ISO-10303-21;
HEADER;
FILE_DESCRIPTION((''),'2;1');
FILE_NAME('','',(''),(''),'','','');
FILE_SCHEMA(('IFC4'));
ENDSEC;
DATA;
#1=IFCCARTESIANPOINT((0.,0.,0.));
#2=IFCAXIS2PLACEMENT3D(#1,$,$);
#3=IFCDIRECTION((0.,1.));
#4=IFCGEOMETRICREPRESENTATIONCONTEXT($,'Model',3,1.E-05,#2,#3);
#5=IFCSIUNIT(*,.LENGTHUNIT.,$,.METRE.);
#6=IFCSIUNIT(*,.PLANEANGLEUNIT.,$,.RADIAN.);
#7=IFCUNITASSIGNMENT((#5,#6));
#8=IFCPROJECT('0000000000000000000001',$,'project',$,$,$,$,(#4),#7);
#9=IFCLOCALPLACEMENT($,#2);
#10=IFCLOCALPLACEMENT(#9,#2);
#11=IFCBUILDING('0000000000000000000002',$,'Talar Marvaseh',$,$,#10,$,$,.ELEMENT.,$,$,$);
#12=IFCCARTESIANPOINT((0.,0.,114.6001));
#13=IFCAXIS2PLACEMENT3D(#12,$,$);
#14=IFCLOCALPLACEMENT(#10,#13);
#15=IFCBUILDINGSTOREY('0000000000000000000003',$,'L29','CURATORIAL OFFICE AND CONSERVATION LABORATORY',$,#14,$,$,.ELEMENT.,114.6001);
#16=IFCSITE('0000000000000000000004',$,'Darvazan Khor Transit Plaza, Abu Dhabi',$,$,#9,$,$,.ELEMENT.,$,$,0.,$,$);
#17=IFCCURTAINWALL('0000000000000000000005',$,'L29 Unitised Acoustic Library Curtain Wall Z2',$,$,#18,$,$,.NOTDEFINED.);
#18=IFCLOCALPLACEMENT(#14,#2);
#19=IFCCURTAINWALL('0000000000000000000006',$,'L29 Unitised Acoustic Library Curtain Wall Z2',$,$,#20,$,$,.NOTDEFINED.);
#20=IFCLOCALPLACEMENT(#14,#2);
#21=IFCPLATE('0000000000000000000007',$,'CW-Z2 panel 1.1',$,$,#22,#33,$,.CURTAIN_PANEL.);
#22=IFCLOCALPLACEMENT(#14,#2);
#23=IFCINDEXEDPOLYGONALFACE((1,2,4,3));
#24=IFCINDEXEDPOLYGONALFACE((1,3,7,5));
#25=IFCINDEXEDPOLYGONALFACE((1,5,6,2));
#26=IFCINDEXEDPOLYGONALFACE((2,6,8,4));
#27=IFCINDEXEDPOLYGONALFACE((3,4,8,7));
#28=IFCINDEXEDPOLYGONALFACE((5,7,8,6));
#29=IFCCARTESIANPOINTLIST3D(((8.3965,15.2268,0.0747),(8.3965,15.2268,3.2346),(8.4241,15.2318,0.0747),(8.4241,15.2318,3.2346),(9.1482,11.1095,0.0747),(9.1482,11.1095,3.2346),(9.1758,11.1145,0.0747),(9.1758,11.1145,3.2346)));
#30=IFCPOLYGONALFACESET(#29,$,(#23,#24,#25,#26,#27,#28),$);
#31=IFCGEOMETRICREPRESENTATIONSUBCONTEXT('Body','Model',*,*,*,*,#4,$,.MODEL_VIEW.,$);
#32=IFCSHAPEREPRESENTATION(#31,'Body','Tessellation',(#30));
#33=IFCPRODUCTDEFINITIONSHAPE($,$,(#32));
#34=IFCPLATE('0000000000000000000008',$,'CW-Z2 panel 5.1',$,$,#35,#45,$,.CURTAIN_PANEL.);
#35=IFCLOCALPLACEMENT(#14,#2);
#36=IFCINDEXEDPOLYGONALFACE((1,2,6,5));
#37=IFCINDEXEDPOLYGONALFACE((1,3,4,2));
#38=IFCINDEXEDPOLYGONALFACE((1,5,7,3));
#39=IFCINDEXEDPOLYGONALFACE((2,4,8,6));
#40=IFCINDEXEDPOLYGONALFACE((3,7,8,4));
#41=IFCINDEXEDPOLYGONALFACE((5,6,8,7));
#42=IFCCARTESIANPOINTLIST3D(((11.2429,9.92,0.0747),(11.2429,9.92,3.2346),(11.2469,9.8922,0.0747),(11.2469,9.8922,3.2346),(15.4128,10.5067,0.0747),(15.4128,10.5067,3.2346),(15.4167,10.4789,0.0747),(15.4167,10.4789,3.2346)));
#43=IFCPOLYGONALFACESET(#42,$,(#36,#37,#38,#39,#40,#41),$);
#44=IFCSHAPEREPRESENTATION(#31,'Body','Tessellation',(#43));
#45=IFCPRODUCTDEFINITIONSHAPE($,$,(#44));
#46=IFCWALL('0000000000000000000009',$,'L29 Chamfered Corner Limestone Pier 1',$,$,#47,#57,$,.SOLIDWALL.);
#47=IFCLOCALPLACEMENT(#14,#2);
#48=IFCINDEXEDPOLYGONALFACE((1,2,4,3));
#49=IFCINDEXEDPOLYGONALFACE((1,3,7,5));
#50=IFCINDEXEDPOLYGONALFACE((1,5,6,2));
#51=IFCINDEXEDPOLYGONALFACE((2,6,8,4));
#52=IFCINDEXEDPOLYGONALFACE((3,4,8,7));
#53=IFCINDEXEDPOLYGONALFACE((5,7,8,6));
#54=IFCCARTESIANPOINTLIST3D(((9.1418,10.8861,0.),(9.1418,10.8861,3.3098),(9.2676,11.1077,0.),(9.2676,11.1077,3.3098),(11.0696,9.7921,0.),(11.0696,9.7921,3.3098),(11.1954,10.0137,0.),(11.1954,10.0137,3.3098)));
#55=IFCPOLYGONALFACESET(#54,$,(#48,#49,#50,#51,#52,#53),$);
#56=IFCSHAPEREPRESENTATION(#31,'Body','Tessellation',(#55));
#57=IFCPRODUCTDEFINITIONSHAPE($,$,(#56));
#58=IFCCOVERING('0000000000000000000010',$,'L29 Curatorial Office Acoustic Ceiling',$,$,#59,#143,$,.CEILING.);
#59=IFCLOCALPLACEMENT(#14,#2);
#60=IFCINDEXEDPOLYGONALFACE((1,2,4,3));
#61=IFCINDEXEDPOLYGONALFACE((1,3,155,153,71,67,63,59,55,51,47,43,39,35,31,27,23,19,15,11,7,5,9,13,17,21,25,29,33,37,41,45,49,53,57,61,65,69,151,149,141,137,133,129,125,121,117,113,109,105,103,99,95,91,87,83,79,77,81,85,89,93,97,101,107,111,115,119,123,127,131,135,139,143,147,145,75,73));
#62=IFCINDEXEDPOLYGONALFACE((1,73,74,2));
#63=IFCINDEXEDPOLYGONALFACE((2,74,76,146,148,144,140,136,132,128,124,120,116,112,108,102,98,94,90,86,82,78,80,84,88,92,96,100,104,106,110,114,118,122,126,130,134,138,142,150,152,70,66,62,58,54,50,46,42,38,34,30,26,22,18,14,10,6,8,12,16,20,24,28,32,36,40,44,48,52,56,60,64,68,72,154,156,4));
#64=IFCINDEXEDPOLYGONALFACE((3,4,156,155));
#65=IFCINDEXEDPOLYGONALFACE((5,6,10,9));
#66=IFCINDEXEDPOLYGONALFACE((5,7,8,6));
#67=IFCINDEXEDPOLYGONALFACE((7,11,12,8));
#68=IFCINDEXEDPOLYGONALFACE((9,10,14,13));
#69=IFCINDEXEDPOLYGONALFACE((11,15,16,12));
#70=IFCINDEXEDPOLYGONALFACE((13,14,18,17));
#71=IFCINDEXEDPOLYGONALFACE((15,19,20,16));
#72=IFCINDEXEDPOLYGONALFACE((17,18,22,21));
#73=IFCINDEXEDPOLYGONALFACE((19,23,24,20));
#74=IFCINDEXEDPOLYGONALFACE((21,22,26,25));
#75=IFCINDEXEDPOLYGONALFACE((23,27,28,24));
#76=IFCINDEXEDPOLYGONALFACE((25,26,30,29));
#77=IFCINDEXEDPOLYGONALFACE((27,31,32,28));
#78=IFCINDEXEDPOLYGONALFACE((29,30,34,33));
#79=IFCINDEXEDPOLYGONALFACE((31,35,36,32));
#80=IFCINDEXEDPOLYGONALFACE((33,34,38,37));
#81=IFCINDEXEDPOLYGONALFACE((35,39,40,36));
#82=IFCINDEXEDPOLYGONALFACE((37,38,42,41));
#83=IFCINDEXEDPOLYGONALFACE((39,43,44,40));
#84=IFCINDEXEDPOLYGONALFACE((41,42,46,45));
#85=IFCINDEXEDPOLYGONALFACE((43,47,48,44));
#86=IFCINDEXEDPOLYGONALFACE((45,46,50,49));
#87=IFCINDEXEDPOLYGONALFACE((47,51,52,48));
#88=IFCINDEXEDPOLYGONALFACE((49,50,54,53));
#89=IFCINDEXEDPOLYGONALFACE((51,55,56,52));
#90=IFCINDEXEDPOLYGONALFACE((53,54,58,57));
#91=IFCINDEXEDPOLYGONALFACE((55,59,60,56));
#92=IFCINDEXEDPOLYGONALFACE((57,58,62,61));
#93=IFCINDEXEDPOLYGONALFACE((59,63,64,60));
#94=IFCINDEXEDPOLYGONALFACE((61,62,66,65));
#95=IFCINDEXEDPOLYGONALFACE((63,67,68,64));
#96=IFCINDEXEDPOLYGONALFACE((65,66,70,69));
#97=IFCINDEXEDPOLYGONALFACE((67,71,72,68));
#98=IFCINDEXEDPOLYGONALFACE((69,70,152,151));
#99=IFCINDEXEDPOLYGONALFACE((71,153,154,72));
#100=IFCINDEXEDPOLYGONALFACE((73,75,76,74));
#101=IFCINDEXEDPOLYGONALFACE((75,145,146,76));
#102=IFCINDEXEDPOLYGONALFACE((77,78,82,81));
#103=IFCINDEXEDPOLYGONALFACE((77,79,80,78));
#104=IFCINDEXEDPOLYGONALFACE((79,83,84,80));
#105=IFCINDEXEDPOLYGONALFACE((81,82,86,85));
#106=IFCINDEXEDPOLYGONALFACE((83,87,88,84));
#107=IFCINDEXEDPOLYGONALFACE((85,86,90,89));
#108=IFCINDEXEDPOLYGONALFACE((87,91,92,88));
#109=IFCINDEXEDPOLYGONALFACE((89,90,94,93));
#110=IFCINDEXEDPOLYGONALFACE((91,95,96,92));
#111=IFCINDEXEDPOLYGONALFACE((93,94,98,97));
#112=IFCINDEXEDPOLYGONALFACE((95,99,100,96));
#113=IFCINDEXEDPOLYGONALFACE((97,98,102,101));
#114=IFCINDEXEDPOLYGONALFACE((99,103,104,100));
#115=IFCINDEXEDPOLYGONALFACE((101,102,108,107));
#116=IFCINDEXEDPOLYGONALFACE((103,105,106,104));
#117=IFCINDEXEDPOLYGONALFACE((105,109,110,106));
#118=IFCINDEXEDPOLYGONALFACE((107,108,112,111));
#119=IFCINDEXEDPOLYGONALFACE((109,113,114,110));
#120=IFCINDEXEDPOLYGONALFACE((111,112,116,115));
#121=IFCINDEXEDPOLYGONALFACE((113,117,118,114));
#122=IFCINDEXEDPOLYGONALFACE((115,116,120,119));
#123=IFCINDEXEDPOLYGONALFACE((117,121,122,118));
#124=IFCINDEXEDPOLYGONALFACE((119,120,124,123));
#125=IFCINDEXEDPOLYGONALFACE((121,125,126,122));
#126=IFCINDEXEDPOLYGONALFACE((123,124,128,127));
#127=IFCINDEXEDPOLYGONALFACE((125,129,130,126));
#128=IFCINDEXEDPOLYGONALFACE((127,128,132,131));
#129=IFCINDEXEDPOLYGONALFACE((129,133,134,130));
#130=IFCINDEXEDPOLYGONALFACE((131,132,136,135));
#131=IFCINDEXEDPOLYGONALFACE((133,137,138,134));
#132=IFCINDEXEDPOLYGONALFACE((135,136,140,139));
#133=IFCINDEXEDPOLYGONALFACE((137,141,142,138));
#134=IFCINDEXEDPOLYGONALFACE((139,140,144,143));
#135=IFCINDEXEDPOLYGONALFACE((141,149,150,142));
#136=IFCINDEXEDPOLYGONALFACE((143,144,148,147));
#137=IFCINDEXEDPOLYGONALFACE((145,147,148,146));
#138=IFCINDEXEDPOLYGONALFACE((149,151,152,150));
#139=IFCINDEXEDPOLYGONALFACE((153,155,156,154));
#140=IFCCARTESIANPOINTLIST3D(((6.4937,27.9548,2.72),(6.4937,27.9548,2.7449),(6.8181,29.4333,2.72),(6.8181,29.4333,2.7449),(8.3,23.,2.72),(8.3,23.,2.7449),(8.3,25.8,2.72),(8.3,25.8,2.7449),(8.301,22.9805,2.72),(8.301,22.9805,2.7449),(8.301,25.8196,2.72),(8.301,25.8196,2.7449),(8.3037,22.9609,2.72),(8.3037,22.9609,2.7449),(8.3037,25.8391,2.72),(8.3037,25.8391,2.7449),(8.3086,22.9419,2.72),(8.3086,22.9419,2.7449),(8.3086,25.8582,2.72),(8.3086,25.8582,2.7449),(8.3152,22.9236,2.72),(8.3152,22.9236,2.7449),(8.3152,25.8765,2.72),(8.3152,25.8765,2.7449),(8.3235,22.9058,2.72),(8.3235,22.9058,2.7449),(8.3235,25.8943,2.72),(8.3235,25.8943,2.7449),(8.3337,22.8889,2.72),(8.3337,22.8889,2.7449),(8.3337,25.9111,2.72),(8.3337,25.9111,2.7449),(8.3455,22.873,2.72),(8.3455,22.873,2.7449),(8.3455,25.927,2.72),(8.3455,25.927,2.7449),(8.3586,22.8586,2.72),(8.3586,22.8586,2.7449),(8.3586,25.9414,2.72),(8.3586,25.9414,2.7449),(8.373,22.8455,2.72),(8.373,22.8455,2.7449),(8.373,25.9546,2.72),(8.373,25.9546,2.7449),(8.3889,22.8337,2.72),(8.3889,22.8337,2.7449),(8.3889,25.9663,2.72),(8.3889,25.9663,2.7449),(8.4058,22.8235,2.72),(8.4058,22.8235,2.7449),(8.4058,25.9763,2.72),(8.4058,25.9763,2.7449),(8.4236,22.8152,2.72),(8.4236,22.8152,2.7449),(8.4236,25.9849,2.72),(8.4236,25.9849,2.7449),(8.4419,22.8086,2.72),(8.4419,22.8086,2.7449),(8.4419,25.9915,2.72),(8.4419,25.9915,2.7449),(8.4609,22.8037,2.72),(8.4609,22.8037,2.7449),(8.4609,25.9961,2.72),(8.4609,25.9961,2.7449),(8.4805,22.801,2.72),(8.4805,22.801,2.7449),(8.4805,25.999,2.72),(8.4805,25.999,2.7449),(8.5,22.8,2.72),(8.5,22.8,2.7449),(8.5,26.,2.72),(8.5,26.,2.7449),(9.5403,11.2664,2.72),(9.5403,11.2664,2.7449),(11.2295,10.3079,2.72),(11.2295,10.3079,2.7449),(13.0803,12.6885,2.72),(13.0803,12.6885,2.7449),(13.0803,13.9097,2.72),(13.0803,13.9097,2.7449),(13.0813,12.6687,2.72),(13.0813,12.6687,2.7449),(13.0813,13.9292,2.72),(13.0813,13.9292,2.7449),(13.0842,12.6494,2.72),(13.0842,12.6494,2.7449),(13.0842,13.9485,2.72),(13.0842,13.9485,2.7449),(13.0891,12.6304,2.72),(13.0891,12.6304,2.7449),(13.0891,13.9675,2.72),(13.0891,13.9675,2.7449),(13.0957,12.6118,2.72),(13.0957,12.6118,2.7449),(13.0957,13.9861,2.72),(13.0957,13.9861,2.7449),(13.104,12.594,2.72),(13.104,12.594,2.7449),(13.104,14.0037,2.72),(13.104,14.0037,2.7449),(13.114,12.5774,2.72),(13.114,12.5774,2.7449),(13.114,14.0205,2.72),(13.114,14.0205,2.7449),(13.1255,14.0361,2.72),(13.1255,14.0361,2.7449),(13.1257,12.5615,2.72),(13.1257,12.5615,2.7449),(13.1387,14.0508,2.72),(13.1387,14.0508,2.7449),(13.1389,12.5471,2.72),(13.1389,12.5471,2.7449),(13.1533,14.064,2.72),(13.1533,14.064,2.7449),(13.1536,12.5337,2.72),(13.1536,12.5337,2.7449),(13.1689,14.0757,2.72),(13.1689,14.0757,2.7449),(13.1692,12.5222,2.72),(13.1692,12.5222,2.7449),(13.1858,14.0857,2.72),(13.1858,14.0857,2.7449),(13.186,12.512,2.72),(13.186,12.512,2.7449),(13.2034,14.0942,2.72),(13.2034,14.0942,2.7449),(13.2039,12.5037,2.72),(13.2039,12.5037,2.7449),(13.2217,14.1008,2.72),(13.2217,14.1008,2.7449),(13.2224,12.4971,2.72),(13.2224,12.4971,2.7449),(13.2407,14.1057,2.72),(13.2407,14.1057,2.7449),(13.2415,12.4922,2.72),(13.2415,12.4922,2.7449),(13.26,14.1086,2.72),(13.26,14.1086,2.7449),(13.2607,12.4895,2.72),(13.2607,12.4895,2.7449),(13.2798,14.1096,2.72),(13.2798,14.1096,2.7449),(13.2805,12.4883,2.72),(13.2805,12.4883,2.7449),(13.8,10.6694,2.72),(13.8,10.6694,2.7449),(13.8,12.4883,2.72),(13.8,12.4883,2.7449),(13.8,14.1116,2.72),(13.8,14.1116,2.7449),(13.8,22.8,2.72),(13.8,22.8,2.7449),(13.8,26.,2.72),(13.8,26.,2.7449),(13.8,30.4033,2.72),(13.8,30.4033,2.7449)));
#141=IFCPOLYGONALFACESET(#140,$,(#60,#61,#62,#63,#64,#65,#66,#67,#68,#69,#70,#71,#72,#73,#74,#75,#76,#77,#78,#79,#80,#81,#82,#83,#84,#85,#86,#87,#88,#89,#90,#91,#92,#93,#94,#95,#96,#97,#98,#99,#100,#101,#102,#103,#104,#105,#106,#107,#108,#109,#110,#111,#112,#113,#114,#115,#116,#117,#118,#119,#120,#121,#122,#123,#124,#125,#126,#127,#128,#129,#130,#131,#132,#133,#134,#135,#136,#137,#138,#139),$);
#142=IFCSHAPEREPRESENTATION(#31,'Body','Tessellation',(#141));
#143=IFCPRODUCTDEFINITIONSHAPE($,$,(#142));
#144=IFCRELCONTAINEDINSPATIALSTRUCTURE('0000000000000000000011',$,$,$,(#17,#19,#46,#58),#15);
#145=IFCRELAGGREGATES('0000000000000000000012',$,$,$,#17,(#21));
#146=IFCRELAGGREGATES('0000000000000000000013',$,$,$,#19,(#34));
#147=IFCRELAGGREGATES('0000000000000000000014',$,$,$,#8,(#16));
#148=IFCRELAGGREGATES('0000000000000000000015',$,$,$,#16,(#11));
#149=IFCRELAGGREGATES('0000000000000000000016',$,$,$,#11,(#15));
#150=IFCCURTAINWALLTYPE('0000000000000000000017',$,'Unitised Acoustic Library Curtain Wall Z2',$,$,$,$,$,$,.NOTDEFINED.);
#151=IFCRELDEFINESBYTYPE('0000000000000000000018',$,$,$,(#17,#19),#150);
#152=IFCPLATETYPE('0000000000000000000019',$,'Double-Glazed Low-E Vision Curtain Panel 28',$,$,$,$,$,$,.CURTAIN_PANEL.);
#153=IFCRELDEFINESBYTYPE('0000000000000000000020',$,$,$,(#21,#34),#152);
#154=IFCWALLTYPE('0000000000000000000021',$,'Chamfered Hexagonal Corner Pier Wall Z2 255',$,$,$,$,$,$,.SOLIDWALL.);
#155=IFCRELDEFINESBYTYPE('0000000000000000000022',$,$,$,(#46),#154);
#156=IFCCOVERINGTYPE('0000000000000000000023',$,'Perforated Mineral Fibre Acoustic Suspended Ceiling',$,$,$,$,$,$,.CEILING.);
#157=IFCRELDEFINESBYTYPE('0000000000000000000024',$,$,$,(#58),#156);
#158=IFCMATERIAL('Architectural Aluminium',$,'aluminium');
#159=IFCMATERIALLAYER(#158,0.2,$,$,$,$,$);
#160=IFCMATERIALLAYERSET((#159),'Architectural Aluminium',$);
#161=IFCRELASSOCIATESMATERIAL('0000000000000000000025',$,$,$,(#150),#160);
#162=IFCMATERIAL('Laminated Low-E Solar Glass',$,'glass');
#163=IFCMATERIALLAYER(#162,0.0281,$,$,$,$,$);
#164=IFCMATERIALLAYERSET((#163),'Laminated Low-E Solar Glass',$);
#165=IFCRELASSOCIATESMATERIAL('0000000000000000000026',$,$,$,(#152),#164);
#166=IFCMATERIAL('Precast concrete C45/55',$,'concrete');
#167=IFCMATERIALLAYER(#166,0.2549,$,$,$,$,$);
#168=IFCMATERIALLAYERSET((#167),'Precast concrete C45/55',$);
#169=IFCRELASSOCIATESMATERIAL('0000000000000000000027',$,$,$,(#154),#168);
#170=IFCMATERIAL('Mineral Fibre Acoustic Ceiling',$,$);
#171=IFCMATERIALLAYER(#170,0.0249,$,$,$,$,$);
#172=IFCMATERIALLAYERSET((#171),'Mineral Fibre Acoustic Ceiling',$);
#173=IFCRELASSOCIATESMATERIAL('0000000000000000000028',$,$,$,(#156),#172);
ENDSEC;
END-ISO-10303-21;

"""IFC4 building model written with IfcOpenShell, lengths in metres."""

from ifc_helpers import new_model, si_unit, direction, frame, frame_2d, origin, origin_2d, place, context, subcontext, project, spatial, polyline, rectangle, outline, extrude, source, transform, mapped, material, layer, layer_set, type_object, type_shapes, element, aggregate, save


model = new_model("IFC4")

# Units and contexts
model_context = context("Model", 3, precision=1e-05, world=origin(), true_north=direction((0.0, 1.0)))
body_context = subcontext(model_context, "Body", "Model", "MODEL_VIEW")
ifc_project = project(units=[si_unit("LENGTHUNIT", "METRE"), si_unit("PLANEANGLEUNIT", "RADIAN")], contexts=[model_context])

# Site, building, storey
site_placement = place(None, origin())
site = spatial("IfcSite", under=ifc_project, at=site_placement, Name="Darvazan Khor Transit Plaza, Abu Dhabi", CompositionType="ELEMENT", RefElevation=0.0)
building_placement = place(site_placement, origin())
building = spatial("IfcBuilding", under=site, at=building_placement, Name="Talar Marvaseh", CompositionType="ELEMENT")
storey_placement = place(building_placement, frame((0.0, 0.0, 114.6001)))
storey = spatial("IfcBuildingStorey", under=building, at=storey_placement, Name="L29", Description="CURATORIAL OFFICE AND CONSERVATION LABORATORY", CompositionType="ELEMENT", Elevation=114.6001)

# Curtain wall
ifc_material_1 = material(Name="Architectural Aluminium", Category="aluminium")
ifc_layer_1 = layer(ifc_material_1, 0.2)
ifc_layer_set_1 = layer_set([ifc_layer_1], Name="Architectural Aluminium")
curtain_wall_type = type_object("IfcCurtainWallType", Name="Unitised Acoustic Library Curtain Wall Z2", PredefinedType="NOTDEFINED", material=ifc_layer_set_1)
curtain_wall_1_placement = place(storey_placement, origin())
curtain_wall_1 = element("IfcCurtainWall", 1, at=curtain_wall_1_placement, inside=storey, type_object=curtain_wall_type, Name="L29 Unitised Acoustic Library Curtain Wall Z2", PredefinedType="NOTDEFINED")

# Curtain wall
curtain_wall_2_placement = place(storey_placement, origin())
curtain_wall_2 = element("IfcCurtainWall", 2, at=curtain_wall_2_placement, inside=storey, type_object=curtain_wall_type, Name="L29 Unitised Acoustic Library Curtain Wall Z2", PredefinedType="NOTDEFINED")

# Plates
ifc_material_2 = material(Name="Laminated Low-E Solar Glass", Category="glass")
ifc_layer_2 = layer(ifc_material_2, 0.0281)
ifc_layer_set_2 = layer_set([ifc_layer_2], Name="Laminated Low-E Solar Glass")
plate_type = type_object("IfcPlateType", Name="Double-Glazed Low-E Vision Curtain Panel 28", PredefinedType="CURTAIN_PANEL", material=ifc_layer_set_2)
shared_shape_1 = source(origin(), body_context, "Body", "SweptSolid", [
    extrude(rectangle(XDim=4.1853, YDim=0.0281, at=origin_2d()), origin(), (0.0, 0.0, 1.0), 3.1599),
])
plate_1_placement = place(storey_placement, frame((8.7861, 13.1707, 0.0747), z_axis=(0.0, 0.0, 1.0), x_axis=(-0.179594, 0.983741, 0.0)))
plate_1 = element("IfcPlate", 3, at=plate_1_placement, type_object=plate_type, Name="CW-Z2 panel 1.1", PredefinedType="CURTAIN_PANEL", context=body_context, shape_type="MappedRepresentation", body=[
    mapped(shared_shape_1, transform((0.0, 0.0, 0.0), x_axis=(1.0, 0.0, 0.0), y_axis=(0.0, 1.0, 0.0), z_axis=(0.0, 0.0, 1.0), scale=1.0)),
])
aggregate(curtain_wall_1, [plate_1])
shared_shape_2 = source(origin(), body_context, "Body", "SweptSolid", [
    extrude(rectangle(XDim=4.2109, YDim=0.0281, at=origin_2d()), origin(), (0.0, 0.0, 1.0), 3.1599),
])
type_shapes(plate_type, [shared_shape_1, shared_shape_2])
plate_2_placement = place(storey_placement, frame((13.3298, 10.1995, 0.0747), z_axis=(0.0, 0.0, 1.0), x_axis=(-0.990247, -0.139325, 0.0)))
plate_2 = element("IfcPlate", 4, at=plate_2_placement, type_object=plate_type, Name="CW-Z2 panel 5.1", PredefinedType="CURTAIN_PANEL", context=body_context, shape_type="MappedRepresentation", body=[
    mapped(shared_shape_2, transform((0.0, 0.0, 0.0), x_axis=(1.0, 0.0, 0.0), y_axis=(0.0, 1.0, 0.0), z_axis=(0.0, 0.0, 1.0), scale=1.0)),
])
aggregate(curtain_wall_2, [plate_2])

# Wall
ifc_material_3 = material(Name="Precast concrete C45/55", Category="concrete")
ifc_layer_3 = layer(ifc_material_3, 0.2549)
ifc_layer_set_3 = layer_set([ifc_layer_3], Name="Precast concrete C45/55")
wall_type = type_object("IfcWallType", Name="Chamfered Hexagonal Corner Pier Wall Z2 255", PredefinedType="SOLIDWALL", material=ifc_layer_set_3)
wall_placement = place(storey_placement, frame((11.1326, 9.9028, 0.0), z_axis=(0.0, 0.0, 1.0), x_axis=(-0.86971, 0.493563, 0.0)))
element("IfcWall", 5, at=wall_placement, inside=storey, type_object=wall_type, Name="L29 Chamfered Corner Limestone Pier 1", PredefinedType="SOLIDWALL", context=body_context, shape_type="SweptSolid", body=[
    extrude(rectangle(XDim=2.2166, YDim=0.2549, at=frame_2d((1.1084, 0.0))), origin(), (0.0, 0.0, 1.0), 3.3098),
])

# Covering
ifc_material_4 = material(Name="Mineral Fibre Acoustic Ceiling")
ifc_layer_4 = layer(ifc_material_4, 0.0249)
ifc_layer_set_4 = layer_set([ifc_layer_4], Name="Mineral Fibre Acoustic Ceiling")
covering_type_1 = type_object("IfcCoveringType", Name="Perforated Mineral Fibre Acoustic Suspended Ceiling", PredefinedType="CEILING", material=ifc_layer_set_4)
covering_1_placement = place(storey_placement, frame((0.0, 0.0, 2.72)))
element("IfcCovering", 6, at=covering_1_placement, inside=storey, type_object=covering_type_1, Name="L29 Curatorial Office Acoustic Ceiling", PredefinedType="CEILING", context=body_context, shape_type="SweptSolid", body=[
    extrude(outline(polyline([(6.8181, 29.4333), (13.8, 30.4033), (13.8, 26.0), (8.5, 26.0), (8.4805, 25.999), (8.4609, 25.9961), (8.4419, 25.9915), (8.4236, 25.9849), (8.4058, 25.9763), (8.3889, 25.9663), (8.373, 25.9546), (8.3586, 25.9414), (8.3455, 25.927), (8.3337, 25.9111), (8.3235, 25.8943), (8.3152, 25.8765), (8.3086, 25.8582), (8.3037, 25.8391), (8.301, 25.8196), (8.3, 25.8), (8.3, 23.0), (8.301, 22.9805), (8.3037, 22.9609), (8.3086, 22.9419), (8.3152, 22.9236), (8.3235, 22.9058), (8.3337, 22.8889), (8.3455, 22.873), (8.3586, 22.8586), (8.373, 22.8455), (8.3889, 22.8337), (8.4058, 22.8235), (8.4236, 22.8152), (8.4419, 22.8086), (8.4609, 22.8037), (8.4805, 22.801), (8.5, 22.8), (13.8, 22.8), (13.8, 14.1116), (13.2798, 14.1096), (13.26, 14.1086), (13.2407, 14.1057), (13.2217, 14.1008), (13.2034, 14.0942), (13.1858, 14.0857), (13.1689, 14.0757), (13.1533, 14.064), (13.1387, 14.0508), (13.1255, 14.0361), (13.114, 14.0205), (13.104, 14.0037), (13.0957, 13.9861), (13.0891, 13.9675), (13.0842, 13.9485), (13.0813, 13.9292), (13.0803, 13.9097), (13.0803, 12.6885), (13.0813, 12.6687), (13.0842, 12.6494), (13.0891, 12.6304), (13.0957, 12.6118), (13.104, 12.594), (13.114, 12.5774), (13.1257, 12.5615), (13.1389, 12.5471), (13.1536, 12.5337), (13.1692, 12.5222), (13.186, 12.512), (13.2039, 12.5037), (13.2224, 12.4971), (13.2415, 12.4922), (13.2607, 12.4895), (13.2805, 12.4883), (13.8, 12.4883), (13.8, 10.6694), (11.2295, 10.3079), (9.5403, 11.2664), (6.4937, 27.9548), (6.8181, 29.4333)])), origin(), (0.0, 0.0, 1.0), 0.0249),
])

save(model, "model.ifc")
